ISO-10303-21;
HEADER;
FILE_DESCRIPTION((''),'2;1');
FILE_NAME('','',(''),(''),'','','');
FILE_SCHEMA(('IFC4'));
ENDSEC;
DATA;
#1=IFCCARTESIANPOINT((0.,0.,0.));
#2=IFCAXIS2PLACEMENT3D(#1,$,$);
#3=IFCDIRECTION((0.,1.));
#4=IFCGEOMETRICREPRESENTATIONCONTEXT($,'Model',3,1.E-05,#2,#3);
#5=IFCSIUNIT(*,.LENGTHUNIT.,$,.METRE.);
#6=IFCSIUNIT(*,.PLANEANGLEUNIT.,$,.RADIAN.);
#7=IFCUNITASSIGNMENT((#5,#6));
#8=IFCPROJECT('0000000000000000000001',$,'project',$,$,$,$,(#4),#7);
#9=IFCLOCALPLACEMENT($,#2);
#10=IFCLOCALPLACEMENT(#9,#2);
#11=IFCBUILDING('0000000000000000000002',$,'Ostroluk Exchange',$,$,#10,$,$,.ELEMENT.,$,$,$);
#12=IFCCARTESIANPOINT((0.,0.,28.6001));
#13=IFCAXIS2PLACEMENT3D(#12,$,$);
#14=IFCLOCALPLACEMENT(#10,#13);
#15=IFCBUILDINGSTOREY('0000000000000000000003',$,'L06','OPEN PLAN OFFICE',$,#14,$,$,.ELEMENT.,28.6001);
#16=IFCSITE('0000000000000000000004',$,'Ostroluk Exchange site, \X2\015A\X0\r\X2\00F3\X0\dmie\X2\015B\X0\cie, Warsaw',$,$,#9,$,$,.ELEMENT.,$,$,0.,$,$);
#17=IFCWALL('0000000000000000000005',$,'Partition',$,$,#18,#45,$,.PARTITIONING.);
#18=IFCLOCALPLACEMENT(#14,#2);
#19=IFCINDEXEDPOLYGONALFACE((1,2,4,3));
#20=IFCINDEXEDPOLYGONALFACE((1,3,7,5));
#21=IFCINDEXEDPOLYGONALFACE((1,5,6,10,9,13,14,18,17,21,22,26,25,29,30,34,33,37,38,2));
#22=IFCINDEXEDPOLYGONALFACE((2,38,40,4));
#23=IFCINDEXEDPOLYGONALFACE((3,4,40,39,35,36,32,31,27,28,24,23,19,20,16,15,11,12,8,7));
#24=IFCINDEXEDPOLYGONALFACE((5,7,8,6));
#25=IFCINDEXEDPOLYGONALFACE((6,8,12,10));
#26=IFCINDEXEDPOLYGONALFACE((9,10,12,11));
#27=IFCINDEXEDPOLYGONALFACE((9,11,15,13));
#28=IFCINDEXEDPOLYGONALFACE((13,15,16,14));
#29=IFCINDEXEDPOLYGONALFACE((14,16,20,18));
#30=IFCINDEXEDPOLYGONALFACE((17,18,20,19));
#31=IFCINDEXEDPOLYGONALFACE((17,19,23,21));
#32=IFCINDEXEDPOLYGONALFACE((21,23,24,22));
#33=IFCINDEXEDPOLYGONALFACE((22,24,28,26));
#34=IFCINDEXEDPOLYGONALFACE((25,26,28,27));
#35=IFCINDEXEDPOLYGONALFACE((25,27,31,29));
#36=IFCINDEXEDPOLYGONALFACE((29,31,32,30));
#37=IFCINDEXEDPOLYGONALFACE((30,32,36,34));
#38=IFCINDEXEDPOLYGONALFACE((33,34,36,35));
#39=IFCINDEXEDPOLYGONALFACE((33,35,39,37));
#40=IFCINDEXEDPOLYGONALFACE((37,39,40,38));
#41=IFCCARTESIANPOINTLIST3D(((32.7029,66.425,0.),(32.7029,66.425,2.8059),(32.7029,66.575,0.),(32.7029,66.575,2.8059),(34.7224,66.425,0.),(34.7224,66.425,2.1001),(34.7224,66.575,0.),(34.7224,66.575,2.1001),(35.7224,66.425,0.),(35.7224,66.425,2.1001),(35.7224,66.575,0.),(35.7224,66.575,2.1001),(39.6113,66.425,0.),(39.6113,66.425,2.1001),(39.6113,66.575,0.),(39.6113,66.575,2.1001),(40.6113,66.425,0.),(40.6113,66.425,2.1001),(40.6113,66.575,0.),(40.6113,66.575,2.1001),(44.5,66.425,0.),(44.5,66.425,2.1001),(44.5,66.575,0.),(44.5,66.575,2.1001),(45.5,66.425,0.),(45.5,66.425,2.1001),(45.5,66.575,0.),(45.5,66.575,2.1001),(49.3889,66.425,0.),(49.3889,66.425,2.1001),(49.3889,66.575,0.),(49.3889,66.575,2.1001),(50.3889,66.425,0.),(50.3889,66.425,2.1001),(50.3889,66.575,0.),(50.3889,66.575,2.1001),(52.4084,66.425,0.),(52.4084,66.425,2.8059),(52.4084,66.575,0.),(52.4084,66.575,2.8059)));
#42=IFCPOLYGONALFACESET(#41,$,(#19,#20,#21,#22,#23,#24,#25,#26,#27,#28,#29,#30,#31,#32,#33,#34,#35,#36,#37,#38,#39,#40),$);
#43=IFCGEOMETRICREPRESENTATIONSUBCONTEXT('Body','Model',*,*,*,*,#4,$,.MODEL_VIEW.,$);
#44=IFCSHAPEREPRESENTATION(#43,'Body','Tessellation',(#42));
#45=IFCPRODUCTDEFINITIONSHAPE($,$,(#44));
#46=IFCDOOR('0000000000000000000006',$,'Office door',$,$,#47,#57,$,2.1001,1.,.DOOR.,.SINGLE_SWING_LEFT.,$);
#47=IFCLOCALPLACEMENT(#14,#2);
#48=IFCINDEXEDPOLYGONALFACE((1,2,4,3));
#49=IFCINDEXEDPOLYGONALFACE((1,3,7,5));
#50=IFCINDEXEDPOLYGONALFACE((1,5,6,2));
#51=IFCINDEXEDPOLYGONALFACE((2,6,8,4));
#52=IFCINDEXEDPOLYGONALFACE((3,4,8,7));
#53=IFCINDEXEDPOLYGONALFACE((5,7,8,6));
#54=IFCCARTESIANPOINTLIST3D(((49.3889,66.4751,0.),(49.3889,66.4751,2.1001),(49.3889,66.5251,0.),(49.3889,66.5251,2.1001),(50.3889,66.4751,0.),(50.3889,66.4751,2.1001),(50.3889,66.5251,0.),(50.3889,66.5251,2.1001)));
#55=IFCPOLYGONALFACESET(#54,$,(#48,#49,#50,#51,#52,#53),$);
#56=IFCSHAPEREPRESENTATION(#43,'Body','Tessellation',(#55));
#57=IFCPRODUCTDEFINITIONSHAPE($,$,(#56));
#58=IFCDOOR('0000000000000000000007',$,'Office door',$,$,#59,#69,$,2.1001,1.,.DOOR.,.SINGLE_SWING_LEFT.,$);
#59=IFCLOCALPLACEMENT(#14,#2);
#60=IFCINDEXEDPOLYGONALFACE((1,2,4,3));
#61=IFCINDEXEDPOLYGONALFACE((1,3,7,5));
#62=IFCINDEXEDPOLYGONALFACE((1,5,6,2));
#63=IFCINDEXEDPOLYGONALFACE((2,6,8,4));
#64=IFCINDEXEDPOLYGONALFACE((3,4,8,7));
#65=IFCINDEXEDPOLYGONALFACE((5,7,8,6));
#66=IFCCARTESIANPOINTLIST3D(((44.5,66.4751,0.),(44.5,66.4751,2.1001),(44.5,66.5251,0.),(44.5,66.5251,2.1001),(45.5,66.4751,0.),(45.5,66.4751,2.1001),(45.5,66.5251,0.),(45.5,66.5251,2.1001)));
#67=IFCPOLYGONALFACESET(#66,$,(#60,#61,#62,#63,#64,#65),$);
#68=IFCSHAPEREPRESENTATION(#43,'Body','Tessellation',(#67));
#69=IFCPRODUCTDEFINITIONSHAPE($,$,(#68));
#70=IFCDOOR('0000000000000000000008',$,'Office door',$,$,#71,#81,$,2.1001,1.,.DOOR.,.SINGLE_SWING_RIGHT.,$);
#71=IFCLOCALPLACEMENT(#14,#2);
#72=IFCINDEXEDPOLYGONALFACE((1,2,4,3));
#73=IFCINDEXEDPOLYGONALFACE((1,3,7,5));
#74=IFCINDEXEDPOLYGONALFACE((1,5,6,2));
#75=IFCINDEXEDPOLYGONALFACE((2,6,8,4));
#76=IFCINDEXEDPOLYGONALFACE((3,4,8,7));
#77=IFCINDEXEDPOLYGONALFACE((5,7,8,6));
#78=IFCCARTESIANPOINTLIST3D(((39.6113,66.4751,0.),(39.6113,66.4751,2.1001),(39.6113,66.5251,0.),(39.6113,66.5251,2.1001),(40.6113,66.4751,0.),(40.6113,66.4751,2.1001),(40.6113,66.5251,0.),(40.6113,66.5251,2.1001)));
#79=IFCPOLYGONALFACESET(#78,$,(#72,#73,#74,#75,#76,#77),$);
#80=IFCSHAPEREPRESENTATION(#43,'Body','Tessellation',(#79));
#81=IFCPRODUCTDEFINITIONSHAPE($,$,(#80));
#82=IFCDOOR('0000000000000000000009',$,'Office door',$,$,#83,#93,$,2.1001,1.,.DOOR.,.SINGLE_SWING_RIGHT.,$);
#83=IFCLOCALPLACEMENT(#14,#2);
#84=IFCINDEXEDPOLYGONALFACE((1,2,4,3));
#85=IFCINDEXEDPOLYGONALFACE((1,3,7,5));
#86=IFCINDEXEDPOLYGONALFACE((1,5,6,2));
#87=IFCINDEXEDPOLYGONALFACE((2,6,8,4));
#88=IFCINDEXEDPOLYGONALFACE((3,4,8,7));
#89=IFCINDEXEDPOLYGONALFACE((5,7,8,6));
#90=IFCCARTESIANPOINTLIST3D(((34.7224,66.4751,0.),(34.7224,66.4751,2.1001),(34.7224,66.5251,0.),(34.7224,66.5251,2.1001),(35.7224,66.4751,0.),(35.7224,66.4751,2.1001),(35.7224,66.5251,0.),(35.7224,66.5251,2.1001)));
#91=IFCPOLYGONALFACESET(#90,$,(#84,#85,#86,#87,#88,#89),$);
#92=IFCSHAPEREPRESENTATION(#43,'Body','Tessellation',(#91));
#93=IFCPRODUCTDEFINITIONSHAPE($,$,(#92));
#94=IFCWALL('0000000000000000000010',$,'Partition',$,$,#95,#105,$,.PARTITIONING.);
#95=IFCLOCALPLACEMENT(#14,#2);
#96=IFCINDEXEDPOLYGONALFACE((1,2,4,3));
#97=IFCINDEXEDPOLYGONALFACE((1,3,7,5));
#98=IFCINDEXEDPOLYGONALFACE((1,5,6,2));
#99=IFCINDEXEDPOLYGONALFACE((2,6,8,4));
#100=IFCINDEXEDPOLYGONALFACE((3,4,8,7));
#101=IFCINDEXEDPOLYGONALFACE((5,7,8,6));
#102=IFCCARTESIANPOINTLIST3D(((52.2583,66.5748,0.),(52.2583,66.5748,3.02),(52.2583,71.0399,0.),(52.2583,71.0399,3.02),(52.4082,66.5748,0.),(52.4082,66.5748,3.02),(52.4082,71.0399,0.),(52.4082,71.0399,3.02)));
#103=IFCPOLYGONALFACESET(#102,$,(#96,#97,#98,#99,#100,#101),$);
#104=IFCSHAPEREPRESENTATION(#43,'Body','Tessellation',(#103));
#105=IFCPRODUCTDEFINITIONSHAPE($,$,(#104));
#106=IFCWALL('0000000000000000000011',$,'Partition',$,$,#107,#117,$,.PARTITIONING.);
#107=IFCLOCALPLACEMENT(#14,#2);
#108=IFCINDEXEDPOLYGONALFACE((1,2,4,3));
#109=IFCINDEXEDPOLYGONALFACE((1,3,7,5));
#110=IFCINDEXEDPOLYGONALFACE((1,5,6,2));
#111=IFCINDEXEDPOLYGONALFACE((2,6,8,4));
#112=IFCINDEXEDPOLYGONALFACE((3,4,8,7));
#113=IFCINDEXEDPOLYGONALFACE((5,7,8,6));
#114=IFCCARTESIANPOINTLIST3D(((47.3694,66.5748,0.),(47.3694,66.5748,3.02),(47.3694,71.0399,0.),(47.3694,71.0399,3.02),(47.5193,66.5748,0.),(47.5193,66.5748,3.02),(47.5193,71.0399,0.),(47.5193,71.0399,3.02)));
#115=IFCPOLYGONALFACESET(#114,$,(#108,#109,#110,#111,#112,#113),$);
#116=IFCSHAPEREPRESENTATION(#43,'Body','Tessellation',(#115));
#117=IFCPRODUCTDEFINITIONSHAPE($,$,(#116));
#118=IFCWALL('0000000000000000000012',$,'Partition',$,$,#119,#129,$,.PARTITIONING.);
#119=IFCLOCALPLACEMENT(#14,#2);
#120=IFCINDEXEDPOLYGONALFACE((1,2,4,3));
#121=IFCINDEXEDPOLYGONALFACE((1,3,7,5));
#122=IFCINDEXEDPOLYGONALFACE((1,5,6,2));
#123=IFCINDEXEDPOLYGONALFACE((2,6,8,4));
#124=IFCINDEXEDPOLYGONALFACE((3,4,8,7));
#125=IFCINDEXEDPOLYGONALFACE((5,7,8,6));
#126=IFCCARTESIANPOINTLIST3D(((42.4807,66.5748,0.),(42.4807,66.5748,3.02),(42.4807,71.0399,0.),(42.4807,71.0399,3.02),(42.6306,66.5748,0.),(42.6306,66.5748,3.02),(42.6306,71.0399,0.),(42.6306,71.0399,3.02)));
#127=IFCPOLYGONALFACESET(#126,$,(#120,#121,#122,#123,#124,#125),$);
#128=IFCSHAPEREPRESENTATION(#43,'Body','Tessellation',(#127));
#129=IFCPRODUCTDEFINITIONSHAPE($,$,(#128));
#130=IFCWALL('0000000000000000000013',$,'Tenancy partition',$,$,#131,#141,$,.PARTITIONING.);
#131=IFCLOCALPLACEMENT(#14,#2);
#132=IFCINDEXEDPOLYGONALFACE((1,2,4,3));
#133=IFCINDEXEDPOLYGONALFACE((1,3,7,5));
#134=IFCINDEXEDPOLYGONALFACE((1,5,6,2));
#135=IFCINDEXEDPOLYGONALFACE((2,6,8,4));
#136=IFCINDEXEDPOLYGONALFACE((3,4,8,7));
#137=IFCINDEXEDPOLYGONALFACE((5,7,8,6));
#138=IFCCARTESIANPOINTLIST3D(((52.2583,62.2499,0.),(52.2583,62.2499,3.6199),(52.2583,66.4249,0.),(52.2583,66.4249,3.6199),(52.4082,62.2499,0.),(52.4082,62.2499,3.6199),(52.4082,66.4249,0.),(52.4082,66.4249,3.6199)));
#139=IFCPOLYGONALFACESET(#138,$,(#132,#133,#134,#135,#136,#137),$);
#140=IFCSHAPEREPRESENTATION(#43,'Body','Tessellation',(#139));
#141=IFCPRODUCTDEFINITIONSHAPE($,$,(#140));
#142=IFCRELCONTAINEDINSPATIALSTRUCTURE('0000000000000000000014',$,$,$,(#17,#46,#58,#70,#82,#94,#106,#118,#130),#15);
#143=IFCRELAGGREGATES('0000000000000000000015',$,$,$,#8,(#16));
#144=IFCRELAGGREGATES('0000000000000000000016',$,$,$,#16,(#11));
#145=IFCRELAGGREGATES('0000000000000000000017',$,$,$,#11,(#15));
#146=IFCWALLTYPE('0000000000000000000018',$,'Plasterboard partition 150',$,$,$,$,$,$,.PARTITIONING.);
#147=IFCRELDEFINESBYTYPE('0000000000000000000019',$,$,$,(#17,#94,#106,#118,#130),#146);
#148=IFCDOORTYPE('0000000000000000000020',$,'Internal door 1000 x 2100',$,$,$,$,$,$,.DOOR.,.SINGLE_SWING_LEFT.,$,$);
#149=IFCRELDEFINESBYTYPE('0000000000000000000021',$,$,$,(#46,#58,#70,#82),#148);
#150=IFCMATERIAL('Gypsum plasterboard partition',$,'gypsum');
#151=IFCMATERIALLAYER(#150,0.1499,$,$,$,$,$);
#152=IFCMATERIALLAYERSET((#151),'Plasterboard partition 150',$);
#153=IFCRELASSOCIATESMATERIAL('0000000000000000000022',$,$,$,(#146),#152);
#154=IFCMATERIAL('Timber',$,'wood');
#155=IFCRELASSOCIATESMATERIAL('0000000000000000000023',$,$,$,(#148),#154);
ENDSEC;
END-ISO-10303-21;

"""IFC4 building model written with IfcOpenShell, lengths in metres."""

from ifc_helpers import new_model, si_unit, direction, frame, frame_2d, origin, place, context, subcontext, project, spatial, rectangle, extrude, material, layer, layer_set, type_object, element, fill, save


model = new_model("IFC4")

# Units and contexts
model_context = context("Model", 3, precision=1e-05, world=origin(), true_north=direction((0.0, 1.0)))
body_context = subcontext(model_context, "Body", "Model", "MODEL_VIEW")
ifc_project = project(units=[si_unit("LENGTHUNIT", "METRE"), si_unit("PLANEANGLEUNIT", "RADIAN")], contexts=[model_context])

# Site, building, storey
site_placement = place(None, origin())
site = spatial("IfcSite", under=ifc_project, at=site_placement, Name="Ostroluk Exchange site, Śródmieście, Warsaw", CompositionType="ELEMENT", RefElevation=0.0)
building_placement = place(site_placement, origin())
building = spatial("IfcBuilding", under=site, at=building_placement, Name="Ostroluk Exchange", CompositionType="ELEMENT")
storey_placement = place(building_placement, frame((0.0, 0.0, 28.6001)))
storey = spatial("IfcBuildingStorey", under=building, at=storey_placement, Name="L06", Description="OPEN PLAN OFFICE", CompositionType="ELEMENT", Elevation=28.6001)

# Wall, openings, doors
ifc_material_1 = material(Name="Gypsum plasterboard partition", Category="gypsum")
ifc_layer_1 = layer(ifc_material_1, 0.1499)
ifc_layer_set_1 = layer_set([ifc_layer_1], Name="Plasterboard partition 150")
wall_type = type_object("IfcWallType", Name="Plasterboard partition 150", PredefinedType="PARTITIONING", material=ifc_layer_set_1)
wall_1_placement = place(storey_placement, frame((52.4084, 66.5, 0.0), z_axis=(0.0, 0.0, 1.0), x_axis=(-1.0, 0.0, 0.0)))
wall_1 = element("IfcWall", 1, at=wall_1_placement, inside=storey, type_object=wall_type, Name="Partition", PredefinedType="PARTITIONING", context=body_context, shape_type="SweptSolid", body=[
    extrude(rectangle(XDim=19.7056, YDim=0.1499, at=frame_2d((9.8528, 0.0))), origin(), (0.0, 0.0, 1.0), 2.8059),
])
opening_1_placement = place(wall_1_placement, frame((2.0195, 0.0, 0.0)))
opening_1 = element("IfcOpeningElement", 2, at=opening_1_placement, cuts=wall_1, PredefinedType="OPENING", context=body_context, shape_type="SweptSolid", body=[
    extrude(rectangle(XDim=1.0, YDim=2.1001, at=frame_2d((0.5, 1.05))), frame((0.0, 0.085, 0.0), z_axis=(0.0, -1.0, 0.0), x_axis=(1.0, 0.0, 0.0)), (0.0, 0.0, 1.0), 0.1699),
])
opening_2_placement = place(wall_1_placement, frame((6.9084, 0.0, 0.0)))
opening_2 = element("IfcOpeningElement", 3, at=opening_2_placement, cuts=wall_1, PredefinedType="OPENING", context=body_context, shape_type="SweptSolid", body=[
    extrude(rectangle(XDim=1.0, YDim=2.1001, at=frame_2d((0.5, 1.05))), frame((0.0, 0.085, 0.0), z_axis=(0.0, -1.0, 0.0), x_axis=(1.0, 0.0, 0.0)), (0.0, 0.0, 1.0), 0.1699),
])
opening_3_placement = place(wall_1_placement, frame((11.7971, 0.0, 0.0)))
opening_3 = element("IfcOpeningElement", 4, at=opening_3_placement, cuts=wall_1, PredefinedType="OPENING", context=body_context, shape_type="SweptSolid", body=[
    extrude(rectangle(XDim=1.0, YDim=2.1001, at=frame_2d((0.5, 1.05))), frame((0.0, 0.085, 0.0), z_axis=(0.0, -1.0, 0.0), x_axis=(1.0, 0.0, 0.0)), (0.0, 0.0, 1.0), 0.1699),
])
opening_4_placement = place(wall_1_placement, frame((16.686, 0.0, 0.0)))
opening_4 = element("IfcOpeningElement", 5, at=opening_4_placement, cuts=wall_1, PredefinedType="OPENING", context=body_context, shape_type="SweptSolid", body=[
    extrude(rectangle(XDim=1.0, YDim=2.1001, at=frame_2d((0.5, 1.05))), frame((0.0, 0.085, 0.0), z_axis=(0.0, -1.0, 0.0), x_axis=(1.0, 0.0, 0.0)), (0.0, 0.0, 1.0), 0.1699),
])
ifc_material_2 = material(Name="Timber", Category="wood")
door_type = type_object("IfcDoorType", Name="Internal door 1000 x 2100", OperationType="SINGLE_SWING_LEFT", PredefinedType="DOOR", material=ifc_material_2)
door_1_placement = place(opening_1_placement, origin())
door_1 = element("IfcDoor", 6, at=door_1_placement, inside=storey, type_object=door_type, Name="Office door", OperationType="SINGLE_SWING_LEFT", OverallHeight=2.1001, OverallWidth=1.0, PredefinedType="DOOR", context=body_context, shape_type="SweptSolid", body=[
    extrude(rectangle(XDim=1.0, YDim=2.1001, at=frame_2d((0.5, 1.05))), frame((0.0, 0.0249, 0.0), z_axis=(0.0, -1.0, 0.0), x_axis=(1.0, 0.0, 0.0)), (0.0, 0.0, 1.0), 0.05),
])
fill(opening_1, door_1)
door_2_placement = place(opening_2_placement, origin())
door_2 = element("IfcDoor", 7, at=door_2_placement, inside=storey, type_object=door_type, Name="Office door", OperationType="SINGLE_SWING_LEFT", OverallHeight=2.1001, OverallWidth=1.0, PredefinedType="DOOR", context=body_context, shape_type="SweptSolid", body=[
    extrude(rectangle(XDim=1.0, YDim=2.1001, at=frame_2d((0.5, 1.05))), frame((0.0, 0.0249, 0.0), z_axis=(0.0, -1.0, 0.0), x_axis=(1.0, 0.0, 0.0)), (0.0, 0.0, 1.0), 0.05),
])
fill(opening_2, door_2)
door_3_placement = place(opening_3_placement, origin())
door_3 = element("IfcDoor", 8, at=door_3_placement, inside=storey, type_object=door_type, Name="Office door", OperationType="SINGLE_SWING_RIGHT", OverallHeight=2.1001, OverallWidth=1.0, PredefinedType="DOOR", context=body_context, shape_type="SweptSolid", body=[
    extrude(rectangle(XDim=1.0, YDim=2.1001, at=frame_2d((0.5, 1.05))), frame((0.0, 0.0249, 0.0), z_axis=(0.0, -1.0, 0.0), x_axis=(1.0, 0.0, 0.0)), (0.0, 0.0, 1.0), 0.05),
])
fill(opening_3, door_3)
door_4_placement = place(opening_4_placement, origin())
door_4 = element("IfcDoor", 9, at=door_4_placement, inside=storey, type_object=door_type, Name="Office door", OperationType="SINGLE_SWING_RIGHT", OverallHeight=2.1001, OverallWidth=1.0, PredefinedType="DOOR", context=body_context, shape_type="SweptSolid", body=[
    extrude(rectangle(XDim=1.0, YDim=2.1001, at=frame_2d((0.5, 1.05))), frame((0.0, 0.0249, 0.0), z_axis=(0.0, -1.0, 0.0), x_axis=(1.0, 0.0, 0.0)), (0.0, 0.0, 1.0), 0.05),
])
fill(opening_4, door_4)

# Walls
for number, where, z_axis, x_axis, name in (
    (10, (52.3333, 66.575, 0.0), (0.0, 0.0, 1.0), (0.0, 1.0, 0.0), "Partition"),
    (11, (47.4443, 66.575, 0.0), (0.0, 0.0, 1.0), (0.0, 1.0, 0.0), "Partition"),
    (12, (42.5557, 66.575, 0.0), (0.0, 0.0, 1.0), (0.0, 1.0, 0.0), "Partition"),
):
    element("IfcWall", number, at=place(storey_placement, frame(where, z_axis=z_axis, x_axis=x_axis)), inside=storey, type_object=wall_type, Name=name, PredefinedType="PARTITIONING", context=body_context, shape_type="SweptSolid", body=[
        extrude(rectangle(XDim=4.4651, YDim=0.1499, at=frame_2d((2.2324, 0.0))), origin(), (0.0, 0.0, 1.0), 3.02),
    ])
wall_2_placement = place(storey_placement, frame((52.3333, 62.25, 0.0), z_axis=(0.0, 0.0, 1.0), x_axis=(0.0, 1.0, 0.0)))
element("IfcWall", 13, at=wall_2_placement, inside=storey, type_object=wall_type, Name="Tenancy partition", PredefinedType="PARTITIONING", context=body_context, shape_type="SweptSolid", body=[
    extrude(rectangle(XDim=4.175, YDim=0.1499, at=frame_2d((2.0874, 0.0))), origin(), (0.0, 0.0, 1.0), 3.6199),
])

save(model, "model.ifc")
